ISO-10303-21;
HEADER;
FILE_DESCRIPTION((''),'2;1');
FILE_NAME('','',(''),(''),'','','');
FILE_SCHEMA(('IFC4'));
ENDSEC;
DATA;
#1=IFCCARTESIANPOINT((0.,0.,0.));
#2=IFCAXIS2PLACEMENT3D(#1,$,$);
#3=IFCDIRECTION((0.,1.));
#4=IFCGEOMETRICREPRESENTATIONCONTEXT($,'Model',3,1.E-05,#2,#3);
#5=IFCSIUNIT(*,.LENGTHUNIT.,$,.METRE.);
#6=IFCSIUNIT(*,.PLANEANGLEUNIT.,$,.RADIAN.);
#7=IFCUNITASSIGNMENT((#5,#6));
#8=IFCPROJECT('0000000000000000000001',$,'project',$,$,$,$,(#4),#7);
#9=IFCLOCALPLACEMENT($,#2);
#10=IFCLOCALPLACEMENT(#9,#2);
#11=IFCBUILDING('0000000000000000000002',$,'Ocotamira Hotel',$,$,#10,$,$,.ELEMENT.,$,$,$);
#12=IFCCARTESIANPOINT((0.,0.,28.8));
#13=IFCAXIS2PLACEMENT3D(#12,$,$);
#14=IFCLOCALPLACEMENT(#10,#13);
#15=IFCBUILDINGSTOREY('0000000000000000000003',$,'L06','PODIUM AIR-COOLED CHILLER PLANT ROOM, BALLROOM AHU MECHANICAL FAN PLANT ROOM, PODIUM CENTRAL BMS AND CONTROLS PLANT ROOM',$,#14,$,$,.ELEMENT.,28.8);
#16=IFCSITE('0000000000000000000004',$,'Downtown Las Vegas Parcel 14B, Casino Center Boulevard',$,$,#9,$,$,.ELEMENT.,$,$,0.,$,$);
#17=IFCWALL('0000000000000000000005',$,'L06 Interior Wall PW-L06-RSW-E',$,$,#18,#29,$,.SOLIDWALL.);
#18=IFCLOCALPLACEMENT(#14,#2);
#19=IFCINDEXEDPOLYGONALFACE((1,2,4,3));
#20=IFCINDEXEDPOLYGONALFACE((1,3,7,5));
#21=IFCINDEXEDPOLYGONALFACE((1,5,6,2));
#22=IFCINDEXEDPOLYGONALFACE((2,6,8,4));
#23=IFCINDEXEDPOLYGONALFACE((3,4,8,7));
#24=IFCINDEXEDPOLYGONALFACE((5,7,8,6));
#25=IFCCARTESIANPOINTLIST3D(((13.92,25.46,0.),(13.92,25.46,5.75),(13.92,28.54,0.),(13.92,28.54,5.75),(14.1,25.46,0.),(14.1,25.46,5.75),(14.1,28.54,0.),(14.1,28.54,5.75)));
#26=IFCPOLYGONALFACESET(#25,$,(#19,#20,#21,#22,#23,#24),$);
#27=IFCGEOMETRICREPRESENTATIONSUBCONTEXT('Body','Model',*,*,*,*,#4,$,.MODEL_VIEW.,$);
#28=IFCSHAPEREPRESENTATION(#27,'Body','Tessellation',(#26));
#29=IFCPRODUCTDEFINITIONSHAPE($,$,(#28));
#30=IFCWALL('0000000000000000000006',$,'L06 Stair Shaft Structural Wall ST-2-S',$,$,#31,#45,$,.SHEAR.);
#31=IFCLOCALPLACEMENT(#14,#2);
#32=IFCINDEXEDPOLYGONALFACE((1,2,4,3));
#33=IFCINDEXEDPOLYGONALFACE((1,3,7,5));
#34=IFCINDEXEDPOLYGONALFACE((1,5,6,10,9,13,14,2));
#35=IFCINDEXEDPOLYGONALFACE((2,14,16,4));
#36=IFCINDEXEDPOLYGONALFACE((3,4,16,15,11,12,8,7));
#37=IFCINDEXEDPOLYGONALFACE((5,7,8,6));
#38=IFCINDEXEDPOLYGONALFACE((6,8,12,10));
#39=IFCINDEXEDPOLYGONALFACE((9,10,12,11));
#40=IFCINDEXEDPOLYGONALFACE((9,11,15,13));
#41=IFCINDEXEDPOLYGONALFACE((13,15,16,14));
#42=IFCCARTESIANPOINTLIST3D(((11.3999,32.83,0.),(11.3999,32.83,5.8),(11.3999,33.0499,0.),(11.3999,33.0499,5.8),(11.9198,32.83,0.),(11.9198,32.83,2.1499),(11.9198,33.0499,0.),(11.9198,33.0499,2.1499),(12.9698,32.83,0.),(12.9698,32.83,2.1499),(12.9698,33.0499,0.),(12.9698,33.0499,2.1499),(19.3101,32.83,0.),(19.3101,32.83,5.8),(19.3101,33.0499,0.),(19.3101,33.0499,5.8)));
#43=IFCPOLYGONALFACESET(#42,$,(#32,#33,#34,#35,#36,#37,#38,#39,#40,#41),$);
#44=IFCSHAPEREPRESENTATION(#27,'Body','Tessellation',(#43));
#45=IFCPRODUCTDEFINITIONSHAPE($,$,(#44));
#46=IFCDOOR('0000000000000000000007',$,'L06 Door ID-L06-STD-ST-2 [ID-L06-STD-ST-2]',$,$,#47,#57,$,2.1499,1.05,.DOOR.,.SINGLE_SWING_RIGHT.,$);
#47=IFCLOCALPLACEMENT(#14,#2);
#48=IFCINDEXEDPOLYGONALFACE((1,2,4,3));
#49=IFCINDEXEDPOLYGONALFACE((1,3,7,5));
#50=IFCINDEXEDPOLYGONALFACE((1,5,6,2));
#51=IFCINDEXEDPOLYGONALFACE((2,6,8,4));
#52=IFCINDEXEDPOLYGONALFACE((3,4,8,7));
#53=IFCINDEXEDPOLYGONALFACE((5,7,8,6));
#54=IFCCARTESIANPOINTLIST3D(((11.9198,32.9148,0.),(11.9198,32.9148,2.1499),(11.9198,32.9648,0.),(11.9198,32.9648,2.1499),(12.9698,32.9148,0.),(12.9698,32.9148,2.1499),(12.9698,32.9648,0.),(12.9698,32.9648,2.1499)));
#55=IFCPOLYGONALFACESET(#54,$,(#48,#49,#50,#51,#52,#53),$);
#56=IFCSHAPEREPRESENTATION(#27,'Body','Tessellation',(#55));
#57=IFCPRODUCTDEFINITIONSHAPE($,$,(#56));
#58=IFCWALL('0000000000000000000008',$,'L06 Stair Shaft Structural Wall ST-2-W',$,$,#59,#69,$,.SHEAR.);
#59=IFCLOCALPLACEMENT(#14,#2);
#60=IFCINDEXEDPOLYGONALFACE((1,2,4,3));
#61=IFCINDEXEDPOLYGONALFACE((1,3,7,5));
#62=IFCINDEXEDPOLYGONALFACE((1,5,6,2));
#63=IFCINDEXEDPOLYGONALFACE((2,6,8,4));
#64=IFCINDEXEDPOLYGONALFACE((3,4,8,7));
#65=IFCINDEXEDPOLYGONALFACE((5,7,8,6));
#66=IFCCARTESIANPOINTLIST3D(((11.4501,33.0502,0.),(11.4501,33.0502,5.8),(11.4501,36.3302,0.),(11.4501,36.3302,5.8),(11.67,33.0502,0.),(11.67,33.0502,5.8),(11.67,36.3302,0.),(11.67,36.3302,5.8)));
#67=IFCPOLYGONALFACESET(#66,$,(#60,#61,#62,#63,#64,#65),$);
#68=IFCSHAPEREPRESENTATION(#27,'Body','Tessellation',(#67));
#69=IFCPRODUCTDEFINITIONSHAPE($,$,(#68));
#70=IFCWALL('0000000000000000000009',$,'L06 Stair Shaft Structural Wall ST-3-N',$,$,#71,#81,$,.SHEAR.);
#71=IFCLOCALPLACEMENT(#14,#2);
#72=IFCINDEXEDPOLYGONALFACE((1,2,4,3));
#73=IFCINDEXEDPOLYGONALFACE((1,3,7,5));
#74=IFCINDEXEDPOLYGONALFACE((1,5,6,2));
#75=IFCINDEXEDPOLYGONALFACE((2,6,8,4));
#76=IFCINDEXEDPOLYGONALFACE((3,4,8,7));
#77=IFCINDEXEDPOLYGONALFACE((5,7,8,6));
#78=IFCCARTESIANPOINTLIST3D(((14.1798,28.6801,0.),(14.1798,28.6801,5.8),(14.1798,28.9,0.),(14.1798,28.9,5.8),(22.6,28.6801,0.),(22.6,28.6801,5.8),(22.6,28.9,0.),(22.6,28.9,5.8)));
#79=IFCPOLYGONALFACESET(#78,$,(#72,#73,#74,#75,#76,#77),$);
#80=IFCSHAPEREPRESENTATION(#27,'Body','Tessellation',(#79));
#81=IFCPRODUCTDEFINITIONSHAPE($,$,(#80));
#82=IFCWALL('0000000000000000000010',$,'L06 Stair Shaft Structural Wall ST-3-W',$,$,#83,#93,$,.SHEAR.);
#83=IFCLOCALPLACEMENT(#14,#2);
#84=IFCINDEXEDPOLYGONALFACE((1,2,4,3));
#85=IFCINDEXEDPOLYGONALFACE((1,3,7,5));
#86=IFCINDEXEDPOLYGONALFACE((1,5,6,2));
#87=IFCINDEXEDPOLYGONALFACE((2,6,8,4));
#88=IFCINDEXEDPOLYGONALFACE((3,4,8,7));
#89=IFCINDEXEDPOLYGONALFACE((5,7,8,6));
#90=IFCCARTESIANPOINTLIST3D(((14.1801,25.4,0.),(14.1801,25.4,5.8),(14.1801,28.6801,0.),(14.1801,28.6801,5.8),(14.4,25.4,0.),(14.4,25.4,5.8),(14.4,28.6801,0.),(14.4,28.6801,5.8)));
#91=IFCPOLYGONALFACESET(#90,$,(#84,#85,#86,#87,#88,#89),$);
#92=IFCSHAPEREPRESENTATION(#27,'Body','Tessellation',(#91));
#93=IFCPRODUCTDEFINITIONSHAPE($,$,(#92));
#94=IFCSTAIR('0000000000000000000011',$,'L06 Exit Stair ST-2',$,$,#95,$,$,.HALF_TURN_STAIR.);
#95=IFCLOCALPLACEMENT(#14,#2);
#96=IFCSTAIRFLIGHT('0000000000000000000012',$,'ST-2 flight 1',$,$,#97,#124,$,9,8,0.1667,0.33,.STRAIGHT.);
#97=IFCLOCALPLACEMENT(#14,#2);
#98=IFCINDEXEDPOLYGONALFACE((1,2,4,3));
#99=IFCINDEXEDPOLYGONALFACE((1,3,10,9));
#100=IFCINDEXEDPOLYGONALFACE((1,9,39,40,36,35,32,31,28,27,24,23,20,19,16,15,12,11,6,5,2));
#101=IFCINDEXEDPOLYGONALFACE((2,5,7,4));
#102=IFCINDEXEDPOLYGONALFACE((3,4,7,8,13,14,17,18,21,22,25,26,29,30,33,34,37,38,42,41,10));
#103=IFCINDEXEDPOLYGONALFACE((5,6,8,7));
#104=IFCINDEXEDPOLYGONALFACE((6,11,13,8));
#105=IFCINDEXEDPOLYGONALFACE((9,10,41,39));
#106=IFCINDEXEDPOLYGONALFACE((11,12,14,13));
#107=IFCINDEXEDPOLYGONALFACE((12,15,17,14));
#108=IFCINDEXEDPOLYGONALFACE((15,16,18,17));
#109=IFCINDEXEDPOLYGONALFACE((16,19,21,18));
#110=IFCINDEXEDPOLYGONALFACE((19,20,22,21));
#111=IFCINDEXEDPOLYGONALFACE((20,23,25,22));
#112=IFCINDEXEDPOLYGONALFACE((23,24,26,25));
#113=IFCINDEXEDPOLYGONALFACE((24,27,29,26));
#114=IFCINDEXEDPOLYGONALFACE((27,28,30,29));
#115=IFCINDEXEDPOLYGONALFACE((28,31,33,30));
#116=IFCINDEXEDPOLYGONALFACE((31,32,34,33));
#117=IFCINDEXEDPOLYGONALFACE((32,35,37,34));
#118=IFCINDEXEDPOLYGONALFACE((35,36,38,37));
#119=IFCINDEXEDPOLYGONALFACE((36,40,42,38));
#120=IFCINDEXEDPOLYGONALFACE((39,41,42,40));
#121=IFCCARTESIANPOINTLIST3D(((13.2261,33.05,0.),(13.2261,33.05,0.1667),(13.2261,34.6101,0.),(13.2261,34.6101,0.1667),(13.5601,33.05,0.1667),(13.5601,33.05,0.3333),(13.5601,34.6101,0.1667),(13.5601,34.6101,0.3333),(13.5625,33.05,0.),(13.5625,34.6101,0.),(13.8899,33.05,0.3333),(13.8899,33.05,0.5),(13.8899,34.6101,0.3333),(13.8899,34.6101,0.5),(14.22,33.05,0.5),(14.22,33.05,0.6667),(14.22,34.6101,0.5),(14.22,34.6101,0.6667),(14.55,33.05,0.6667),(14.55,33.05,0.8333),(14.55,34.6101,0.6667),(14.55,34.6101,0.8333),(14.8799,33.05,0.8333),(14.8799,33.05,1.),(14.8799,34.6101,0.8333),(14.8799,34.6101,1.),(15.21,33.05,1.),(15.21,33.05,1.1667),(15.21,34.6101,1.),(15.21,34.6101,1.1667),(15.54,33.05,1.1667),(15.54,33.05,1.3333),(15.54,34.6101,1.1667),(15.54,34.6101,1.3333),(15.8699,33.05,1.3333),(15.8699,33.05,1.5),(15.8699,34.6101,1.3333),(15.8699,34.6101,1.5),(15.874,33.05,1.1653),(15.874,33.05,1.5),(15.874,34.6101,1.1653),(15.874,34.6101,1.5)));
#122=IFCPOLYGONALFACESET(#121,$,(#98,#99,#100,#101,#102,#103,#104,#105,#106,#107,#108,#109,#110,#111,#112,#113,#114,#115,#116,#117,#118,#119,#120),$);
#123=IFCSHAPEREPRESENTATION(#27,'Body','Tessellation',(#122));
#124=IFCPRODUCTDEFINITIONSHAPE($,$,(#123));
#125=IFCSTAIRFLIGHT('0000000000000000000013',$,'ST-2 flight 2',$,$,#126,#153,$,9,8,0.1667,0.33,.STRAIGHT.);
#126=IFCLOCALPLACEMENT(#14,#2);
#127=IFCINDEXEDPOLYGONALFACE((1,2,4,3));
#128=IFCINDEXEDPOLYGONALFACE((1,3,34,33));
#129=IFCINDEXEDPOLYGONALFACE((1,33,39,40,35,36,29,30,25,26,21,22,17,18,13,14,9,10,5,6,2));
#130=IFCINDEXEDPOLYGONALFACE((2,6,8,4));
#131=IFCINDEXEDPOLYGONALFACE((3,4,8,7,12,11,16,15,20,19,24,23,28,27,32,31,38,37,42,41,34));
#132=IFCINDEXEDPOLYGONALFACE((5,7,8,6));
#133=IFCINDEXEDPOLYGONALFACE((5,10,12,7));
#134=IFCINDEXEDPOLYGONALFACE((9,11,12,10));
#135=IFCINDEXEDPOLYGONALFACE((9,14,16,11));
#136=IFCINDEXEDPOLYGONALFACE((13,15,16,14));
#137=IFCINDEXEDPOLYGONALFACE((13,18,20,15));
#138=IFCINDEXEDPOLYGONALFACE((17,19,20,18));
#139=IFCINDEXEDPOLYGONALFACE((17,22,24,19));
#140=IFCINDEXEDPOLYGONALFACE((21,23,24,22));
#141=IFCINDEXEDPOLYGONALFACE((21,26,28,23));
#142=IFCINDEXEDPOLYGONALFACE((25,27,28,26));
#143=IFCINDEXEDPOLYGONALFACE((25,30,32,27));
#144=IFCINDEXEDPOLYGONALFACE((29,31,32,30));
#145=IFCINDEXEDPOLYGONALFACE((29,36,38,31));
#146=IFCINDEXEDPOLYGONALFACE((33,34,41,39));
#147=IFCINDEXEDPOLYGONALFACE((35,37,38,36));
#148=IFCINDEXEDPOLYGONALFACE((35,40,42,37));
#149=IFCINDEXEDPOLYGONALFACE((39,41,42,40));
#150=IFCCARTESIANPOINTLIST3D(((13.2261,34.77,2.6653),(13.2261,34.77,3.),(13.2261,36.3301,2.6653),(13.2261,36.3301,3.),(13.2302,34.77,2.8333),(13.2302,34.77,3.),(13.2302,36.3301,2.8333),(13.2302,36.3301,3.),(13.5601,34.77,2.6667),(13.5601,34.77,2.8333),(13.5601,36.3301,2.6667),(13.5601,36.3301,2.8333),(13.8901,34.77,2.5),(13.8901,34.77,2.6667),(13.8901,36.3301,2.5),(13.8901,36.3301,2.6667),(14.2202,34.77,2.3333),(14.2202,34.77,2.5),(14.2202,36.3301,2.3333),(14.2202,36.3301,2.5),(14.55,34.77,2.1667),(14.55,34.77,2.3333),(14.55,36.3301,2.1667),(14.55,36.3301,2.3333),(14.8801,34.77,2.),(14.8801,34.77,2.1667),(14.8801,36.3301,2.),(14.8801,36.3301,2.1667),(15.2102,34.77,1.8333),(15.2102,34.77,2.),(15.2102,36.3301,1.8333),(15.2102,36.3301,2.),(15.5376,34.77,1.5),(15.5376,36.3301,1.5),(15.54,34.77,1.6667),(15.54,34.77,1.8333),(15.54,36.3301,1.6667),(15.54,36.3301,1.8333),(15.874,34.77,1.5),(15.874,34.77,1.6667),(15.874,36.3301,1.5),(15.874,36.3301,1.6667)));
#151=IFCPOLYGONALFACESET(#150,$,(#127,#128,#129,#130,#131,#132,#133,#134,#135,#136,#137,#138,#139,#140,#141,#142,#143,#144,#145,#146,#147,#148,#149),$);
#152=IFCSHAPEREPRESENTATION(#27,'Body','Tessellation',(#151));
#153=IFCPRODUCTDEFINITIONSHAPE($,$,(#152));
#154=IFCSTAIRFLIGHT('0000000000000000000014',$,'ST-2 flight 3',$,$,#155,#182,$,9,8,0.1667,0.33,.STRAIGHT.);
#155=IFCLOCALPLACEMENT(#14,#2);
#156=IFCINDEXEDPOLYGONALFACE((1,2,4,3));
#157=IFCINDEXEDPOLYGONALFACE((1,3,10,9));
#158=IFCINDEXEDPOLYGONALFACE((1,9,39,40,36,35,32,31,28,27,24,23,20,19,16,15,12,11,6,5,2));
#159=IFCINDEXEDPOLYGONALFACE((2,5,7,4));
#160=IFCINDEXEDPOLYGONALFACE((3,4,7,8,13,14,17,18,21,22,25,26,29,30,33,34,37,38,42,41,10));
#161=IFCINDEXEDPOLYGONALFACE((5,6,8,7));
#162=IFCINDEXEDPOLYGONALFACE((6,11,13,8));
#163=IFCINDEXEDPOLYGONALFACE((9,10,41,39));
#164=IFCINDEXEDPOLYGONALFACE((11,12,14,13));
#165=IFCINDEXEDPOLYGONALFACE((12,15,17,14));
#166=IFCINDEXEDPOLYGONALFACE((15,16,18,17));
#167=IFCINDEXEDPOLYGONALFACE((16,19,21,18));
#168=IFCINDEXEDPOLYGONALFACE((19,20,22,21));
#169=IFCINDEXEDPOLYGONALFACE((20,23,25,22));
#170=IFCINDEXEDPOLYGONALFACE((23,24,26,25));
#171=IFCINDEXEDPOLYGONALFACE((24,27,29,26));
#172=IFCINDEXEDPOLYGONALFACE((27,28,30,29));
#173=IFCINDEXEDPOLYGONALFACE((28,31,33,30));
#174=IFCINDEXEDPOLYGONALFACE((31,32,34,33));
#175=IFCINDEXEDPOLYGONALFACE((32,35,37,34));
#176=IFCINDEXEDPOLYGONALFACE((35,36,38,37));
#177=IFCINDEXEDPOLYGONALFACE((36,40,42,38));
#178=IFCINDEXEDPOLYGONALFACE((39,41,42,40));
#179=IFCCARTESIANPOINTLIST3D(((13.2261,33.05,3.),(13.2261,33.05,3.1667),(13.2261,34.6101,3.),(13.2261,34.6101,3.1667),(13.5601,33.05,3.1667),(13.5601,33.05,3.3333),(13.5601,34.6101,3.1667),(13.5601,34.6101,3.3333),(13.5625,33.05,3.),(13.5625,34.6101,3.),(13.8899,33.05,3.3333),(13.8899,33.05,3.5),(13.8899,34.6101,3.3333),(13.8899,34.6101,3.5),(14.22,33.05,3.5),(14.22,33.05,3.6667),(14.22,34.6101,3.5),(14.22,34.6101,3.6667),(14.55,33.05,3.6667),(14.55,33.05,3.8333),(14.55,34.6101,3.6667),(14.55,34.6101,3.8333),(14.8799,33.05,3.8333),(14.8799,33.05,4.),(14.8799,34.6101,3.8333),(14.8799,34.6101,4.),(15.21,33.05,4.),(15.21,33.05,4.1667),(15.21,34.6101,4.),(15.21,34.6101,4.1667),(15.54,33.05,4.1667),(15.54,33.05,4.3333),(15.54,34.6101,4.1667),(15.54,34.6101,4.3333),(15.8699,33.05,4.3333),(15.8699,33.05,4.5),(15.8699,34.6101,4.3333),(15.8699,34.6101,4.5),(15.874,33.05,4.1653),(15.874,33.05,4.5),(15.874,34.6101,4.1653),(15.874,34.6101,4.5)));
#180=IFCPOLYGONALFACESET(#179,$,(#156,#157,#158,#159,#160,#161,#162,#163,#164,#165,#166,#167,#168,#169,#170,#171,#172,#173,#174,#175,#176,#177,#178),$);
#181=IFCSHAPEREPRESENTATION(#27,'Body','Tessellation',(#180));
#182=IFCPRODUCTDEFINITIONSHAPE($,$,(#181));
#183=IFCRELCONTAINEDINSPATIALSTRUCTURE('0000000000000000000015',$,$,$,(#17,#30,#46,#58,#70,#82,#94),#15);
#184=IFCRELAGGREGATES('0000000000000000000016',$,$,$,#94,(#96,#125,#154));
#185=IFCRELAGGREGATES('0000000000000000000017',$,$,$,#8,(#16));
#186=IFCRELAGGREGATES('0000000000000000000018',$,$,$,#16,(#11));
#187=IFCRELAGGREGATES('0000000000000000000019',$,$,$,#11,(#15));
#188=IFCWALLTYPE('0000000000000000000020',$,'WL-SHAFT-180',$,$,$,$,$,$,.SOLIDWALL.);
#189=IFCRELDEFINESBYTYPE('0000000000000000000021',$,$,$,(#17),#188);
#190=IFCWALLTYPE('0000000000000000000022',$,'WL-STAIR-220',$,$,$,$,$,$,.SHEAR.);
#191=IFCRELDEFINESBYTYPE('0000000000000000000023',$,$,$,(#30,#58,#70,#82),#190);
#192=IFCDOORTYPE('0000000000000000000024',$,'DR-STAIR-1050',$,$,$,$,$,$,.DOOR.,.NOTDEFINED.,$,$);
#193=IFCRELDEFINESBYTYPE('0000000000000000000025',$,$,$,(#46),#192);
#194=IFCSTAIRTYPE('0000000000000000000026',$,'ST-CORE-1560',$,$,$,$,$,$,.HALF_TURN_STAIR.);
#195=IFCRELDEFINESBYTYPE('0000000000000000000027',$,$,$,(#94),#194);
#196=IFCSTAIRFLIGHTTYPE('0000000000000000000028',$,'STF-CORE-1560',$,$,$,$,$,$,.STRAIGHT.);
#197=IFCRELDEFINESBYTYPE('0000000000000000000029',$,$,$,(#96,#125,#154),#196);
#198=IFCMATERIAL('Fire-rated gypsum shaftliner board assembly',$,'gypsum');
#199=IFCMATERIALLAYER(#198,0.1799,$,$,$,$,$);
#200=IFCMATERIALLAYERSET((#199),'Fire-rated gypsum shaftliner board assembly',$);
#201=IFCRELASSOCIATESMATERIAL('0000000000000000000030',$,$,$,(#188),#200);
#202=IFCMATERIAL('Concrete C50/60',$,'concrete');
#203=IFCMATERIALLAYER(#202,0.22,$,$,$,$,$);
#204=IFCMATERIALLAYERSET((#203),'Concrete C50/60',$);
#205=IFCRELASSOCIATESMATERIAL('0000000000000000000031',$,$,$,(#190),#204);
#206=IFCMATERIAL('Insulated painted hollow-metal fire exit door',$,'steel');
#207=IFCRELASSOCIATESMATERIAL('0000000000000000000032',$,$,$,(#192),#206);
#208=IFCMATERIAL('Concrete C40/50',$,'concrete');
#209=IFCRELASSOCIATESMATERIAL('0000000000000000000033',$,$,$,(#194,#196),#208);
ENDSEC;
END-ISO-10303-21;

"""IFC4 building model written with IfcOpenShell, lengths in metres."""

from ifc_helpers import new_model, si_unit, direction, frame, frame_2d, origin, place, context, subcontext, project, spatial, polyline, rectangle, outline, extrude, source, transform, mapped, material, layer, layer_set, type_object, element, fill, aggregate, save


model = new_model("IFC4")

# Units and contexts
model_context = context("Model", 3, precision=1e-05, world=origin(), true_north=direction((0.0, 1.0)))
body_context = subcontext(model_context, "Body", "Model", "MODEL_VIEW")
ifc_project = project(units=[si_unit("LENGTHUNIT", "METRE"), si_unit("PLANEANGLEUNIT", "RADIAN")], contexts=[model_context])

# Site, building, storey
site_placement = place(None, origin())
site = spatial("IfcSite", under=ifc_project, at=site_placement, Name="Downtown Las Vegas Parcel 14B, Casino Center Boulevard", CompositionType="ELEMENT", RefElevation=0.0)
building_placement = place(site_placement, origin())
building = spatial("IfcBuilding", under=site, at=building_placement, Name="Ocotamira Hotel", CompositionType="ELEMENT")
storey_placement = place(building_placement, frame((0.0, 0.0, 28.8)))
storey = spatial("IfcBuildingStorey", under=building, at=storey_placement, Name="L06", Description="PODIUM AIR-COOLED CHILLER PLANT ROOM, BALLROOM AHU MECHANICAL FAN PLANT ROOM, PODIUM CENTRAL BMS AND CONTROLS PLANT ROOM", CompositionType="ELEMENT", Elevation=28.8)

# Shared definitions
ifc_material_1 = material(Name="Concrete C50/60", Category="concrete")

# Shared definitions
ifc_material_2 = material(Name="Fire-rated gypsum shaftliner board assembly", Category="gypsum")
ifc_layer_1 = layer(ifc_material_2, 0.1799)
ifc_layer_set_1 = layer_set([ifc_layer_1], Name="Fire-rated gypsum shaftliner board assembly")
wall_type_1 = type_object("IfcWallType", Name="WL-SHAFT-180", PredefinedType="SOLIDWALL", material=ifc_layer_set_1)

# Wall
wall_1_placement = place(storey_placement, frame((14.01, 25.46, 0.0), z_axis=(0.0, 0.0, 1.0), x_axis=(0.0, 1.0, 0.0)))
element("IfcWall", 1, at=wall_1_placement, inside=storey, type_object=wall_type_1, Name="L06 Interior Wall PW-L06-RSW-E", PredefinedType="SOLIDWALL", context=body_context, shape_type="SweptSolid", body=[
    extrude(rectangle(XDim=3.0801, YDim=0.1799, at=frame_2d((1.54, 0.0))), origin(), (0.0, 0.0, 1.0), 5.75),
])

# Wall, opening, door
ifc_layer_2 = layer(ifc_material_1, 0.22)
ifc_layer_set_2 = layer_set([ifc_layer_2], Name="Concrete C50/60")
wall_type_2 = type_object("IfcWallType", Name="WL-STAIR-220", PredefinedType="SHEAR", material=ifc_layer_set_2)
wall_2_placement = place(storey_placement, frame((11.3999, 32.9399, 0.0), z_axis=(0.0, 0.0, 1.0), x_axis=(1.0, 0.0, 0.0)))
wall_2 = element("IfcWall", 2, at=wall_2_placement, inside=storey, type_object=wall_type_2, Name="L06 Stair Shaft Structural Wall ST-2-S", PredefinedType="SHEAR", context=body_context, shape_type="SweptSolid", body=[
    extrude(rectangle(XDim=7.9102, YDim=0.22, at=frame_2d((3.9551, 0.0))), origin(), (0.0, 0.0, 1.0), 5.8),
])
opening_1_placement = place(wall_2_placement, frame((0.52, 0.0, 0.0)))
opening_1 = element("IfcOpeningElement", 3, at=opening_1_placement, cuts=wall_2, PredefinedType="OPENING", context=body_context, shape_type="SweptSolid", body=[
    extrude(rectangle(XDim=1.05, YDim=2.1499, at=frame_2d((0.5249, 1.075))), frame((0.0, 0.1201, 0.0), z_axis=(0.0, -1.0, 0.0), x_axis=(1.0, 0.0, 0.0)), (0.0, 0.0, 1.0), 0.24),
])
ifc_material_3 = material(Name="Insulated painted hollow-metal fire exit door", Category="steel")
door_type_1 = type_object("IfcDoorType", Name="DR-STAIR-1050", OperationType="NOTDEFINED", PredefinedType="DOOR", material=ifc_material_3)
shared_shape_1 = source(origin(), body_context, "Body", "SweptSolid", [
    extrude(rectangle(XDim=1.05, YDim=2.1499, at=frame_2d((0.5249, 1.075))), frame((0.0, 0.0249, 0.0), z_axis=(0.0, -1.0, 0.0), x_axis=(1.0, 0.0, 0.0)), (0.0, 0.0, 1.0), 0.05),
])
door_1_placement = place(opening_1_placement, origin())
door_1 = element("IfcDoor", 4, at=door_1_placement, inside=storey, type_object=door_type_1, Name="L06 Door ID-L06-STD-ST-2 [ID-L06-STD-ST-2]", OperationType="SINGLE_SWING_RIGHT", OverallHeight=2.1499, OverallWidth=1.05, PredefinedType="DOOR", context=body_context, shape_type="MappedRepresentation", body=[
    mapped(shared_shape_1, transform((0.0, 0.0, 0.0), scale=1.0)),
])
fill(opening_1, door_1)

# Walls
wall_3_placement = place(storey_placement, frame((11.5601, 33.05, 0.0), z_axis=(0.0, 0.0, 1.0), x_axis=(0.0, 1.0, 0.0)))
element("IfcWall", 5, at=wall_3_placement, inside=storey, type_object=wall_type_2, Name="L06 Stair Shaft Structural Wall ST-2-W", PredefinedType="SHEAR", context=body_context, shape_type="SweptSolid", body=[
    extrude(rectangle(XDim=3.28, YDim=0.22, at=frame_2d((1.6401, 0.0))), origin(), (0.0, 0.0, 1.0), 5.8),
])
wall_4_placement = place(storey_placement, frame((14.1799, 28.79, 0.0), z_axis=(0.0, 0.0, 1.0), x_axis=(1.0, 0.0, 0.0)))
element("IfcWall", 6, at=wall_4_placement, inside=storey, type_object=wall_type_2, Name="L06 Stair Shaft Structural Wall ST-3-N", PredefinedType="SHEAR", context=body_context, shape_type="SweptSolid", body=[
    extrude(rectangle(XDim=8.4202, YDim=0.22, at=frame_2d((4.21, 0.0))), origin(), (0.0, 0.0, 1.0), 5.8),
])
wall_5_placement = place(storey_placement, frame((14.29, 25.3999, 0.0), z_axis=(0.0, 0.0, 1.0), x_axis=(0.0, 1.0, 0.0)))
element("IfcWall", 7, at=wall_5_placement, inside=storey, type_object=wall_type_2, Name="L06 Stair Shaft Structural Wall ST-3-W", PredefinedType="SHEAR", context=body_context, shape_type="SweptSolid", body=[
    extrude(rectangle(XDim=3.28, YDim=0.22, at=frame_2d((1.6401, 0.0))), origin(), (0.0, 0.0, 1.0), 5.8),
])

# Stair, stair flights
ifc_material_4 = material(Name="Concrete C40/50", Category="concrete")
stair_type = type_object("IfcStairType", Name="ST-CORE-1560", PredefinedType="HALF_TURN_STAIR", material=ifc_material_4)
stair_placement = place(storey_placement, origin())
stair = element("IfcStair", 8, at=stair_placement, inside=storey, type_object=stair_type, Name="L06 Exit Stair ST-2", PredefinedType="HALF_TURN_STAIR")
stair_flight_type = type_object("IfcStairFlightType", Name="STF-CORE-1560", PredefinedType="STRAIGHT", material=ifc_material_4)
shared_shape_2 = source(origin(), body_context, "Body", "SweptSolid", [
    extrude(outline(polyline([(-0.0039, 0.0), (-0.0039, 0.1667), (0.3301, 0.1667), (0.3301, 0.3333), (0.6599, 0.3333), (0.6599, 0.5), (0.99, 0.5), (0.99, 0.6667), (1.3201, 0.6667), (1.3201, 0.8333), (1.6499, 0.8333), (1.6499, 1.0), (1.98, 1.0), (1.98, 1.1667), (2.3101, 1.1667), (2.3101, 1.3333), (2.6399, 1.3333), (2.6399, 1.5), (2.644, 1.5), (2.644, 1.1653), (0.3325, 0.0), (-0.0039, 0.0)])), frame((0.0, 0.78, 0.0), z_axis=(0.0, -1.0, 0.0), x_axis=(1.0, 0.0, 0.0)), (0.0, 0.0, 1.0), 1.5601),
])
stair_flight_1_placement = place(storey_placement, frame((13.23, 33.8301, 0.0), z_axis=(0.0, 0.0, 1.0), x_axis=(1.0, 0.0, 0.0)))
stair_flight_1 = element("IfcStairFlight", 9, at=stair_flight_1_placement, type_object=stair_flight_type, Name="ST-2 flight 1", NumberOfRisers=9, NumberOfTreads=8, PredefinedType="STRAIGHT", RiserHeight=0.1667, TreadLength=0.33, context=body_context, shape_type="MappedRepresentation", body=[
    mapped(shared_shape_2, transform((0.0, 0.0, 0.0), scale=1.0)),
])
stair_flight_2_placement = place(storey_placement, frame((15.8701, 35.55, 1.5), z_axis=(0.0, 0.0, 1.0), x_axis=(-1.0, 0.0, 0.0)))
stair_flight_2 = element("IfcStairFlight", 10, at=stair_flight_2_placement, type_object=stair_flight_type, Name="ST-2 flight 2", NumberOfRisers=9, NumberOfTreads=8, PredefinedType="STRAIGHT", RiserHeight=0.1667, TreadLength=0.33, context=body_context, shape_type="MappedRepresentation", body=[
    mapped(shared_shape_2, transform((0.0, 0.0, 0.0), scale=1.0)),
])
stair_flight_3_placement = place(storey_placement, frame((13.23, 33.8301, 3.0), z_axis=(0.0, 0.0, 1.0), x_axis=(1.0, 0.0, 0.0)))
stair_flight_3 = element("IfcStairFlight", 11, at=stair_flight_3_placement, type_object=stair_flight_type, Name="ST-2 flight 3", NumberOfRisers=9, NumberOfTreads=8, PredefinedType="STRAIGHT", RiserHeight=0.1667, TreadLength=0.33, context=body_context, shape_type="MappedRepresentation", body=[
    mapped(shared_shape_2, transform((0.0, 0.0, 0.0), scale=1.0)),
])
aggregate(stair, [stair_flight_1, stair_flight_2, stair_flight_3])

save(model, "model.ifc")
